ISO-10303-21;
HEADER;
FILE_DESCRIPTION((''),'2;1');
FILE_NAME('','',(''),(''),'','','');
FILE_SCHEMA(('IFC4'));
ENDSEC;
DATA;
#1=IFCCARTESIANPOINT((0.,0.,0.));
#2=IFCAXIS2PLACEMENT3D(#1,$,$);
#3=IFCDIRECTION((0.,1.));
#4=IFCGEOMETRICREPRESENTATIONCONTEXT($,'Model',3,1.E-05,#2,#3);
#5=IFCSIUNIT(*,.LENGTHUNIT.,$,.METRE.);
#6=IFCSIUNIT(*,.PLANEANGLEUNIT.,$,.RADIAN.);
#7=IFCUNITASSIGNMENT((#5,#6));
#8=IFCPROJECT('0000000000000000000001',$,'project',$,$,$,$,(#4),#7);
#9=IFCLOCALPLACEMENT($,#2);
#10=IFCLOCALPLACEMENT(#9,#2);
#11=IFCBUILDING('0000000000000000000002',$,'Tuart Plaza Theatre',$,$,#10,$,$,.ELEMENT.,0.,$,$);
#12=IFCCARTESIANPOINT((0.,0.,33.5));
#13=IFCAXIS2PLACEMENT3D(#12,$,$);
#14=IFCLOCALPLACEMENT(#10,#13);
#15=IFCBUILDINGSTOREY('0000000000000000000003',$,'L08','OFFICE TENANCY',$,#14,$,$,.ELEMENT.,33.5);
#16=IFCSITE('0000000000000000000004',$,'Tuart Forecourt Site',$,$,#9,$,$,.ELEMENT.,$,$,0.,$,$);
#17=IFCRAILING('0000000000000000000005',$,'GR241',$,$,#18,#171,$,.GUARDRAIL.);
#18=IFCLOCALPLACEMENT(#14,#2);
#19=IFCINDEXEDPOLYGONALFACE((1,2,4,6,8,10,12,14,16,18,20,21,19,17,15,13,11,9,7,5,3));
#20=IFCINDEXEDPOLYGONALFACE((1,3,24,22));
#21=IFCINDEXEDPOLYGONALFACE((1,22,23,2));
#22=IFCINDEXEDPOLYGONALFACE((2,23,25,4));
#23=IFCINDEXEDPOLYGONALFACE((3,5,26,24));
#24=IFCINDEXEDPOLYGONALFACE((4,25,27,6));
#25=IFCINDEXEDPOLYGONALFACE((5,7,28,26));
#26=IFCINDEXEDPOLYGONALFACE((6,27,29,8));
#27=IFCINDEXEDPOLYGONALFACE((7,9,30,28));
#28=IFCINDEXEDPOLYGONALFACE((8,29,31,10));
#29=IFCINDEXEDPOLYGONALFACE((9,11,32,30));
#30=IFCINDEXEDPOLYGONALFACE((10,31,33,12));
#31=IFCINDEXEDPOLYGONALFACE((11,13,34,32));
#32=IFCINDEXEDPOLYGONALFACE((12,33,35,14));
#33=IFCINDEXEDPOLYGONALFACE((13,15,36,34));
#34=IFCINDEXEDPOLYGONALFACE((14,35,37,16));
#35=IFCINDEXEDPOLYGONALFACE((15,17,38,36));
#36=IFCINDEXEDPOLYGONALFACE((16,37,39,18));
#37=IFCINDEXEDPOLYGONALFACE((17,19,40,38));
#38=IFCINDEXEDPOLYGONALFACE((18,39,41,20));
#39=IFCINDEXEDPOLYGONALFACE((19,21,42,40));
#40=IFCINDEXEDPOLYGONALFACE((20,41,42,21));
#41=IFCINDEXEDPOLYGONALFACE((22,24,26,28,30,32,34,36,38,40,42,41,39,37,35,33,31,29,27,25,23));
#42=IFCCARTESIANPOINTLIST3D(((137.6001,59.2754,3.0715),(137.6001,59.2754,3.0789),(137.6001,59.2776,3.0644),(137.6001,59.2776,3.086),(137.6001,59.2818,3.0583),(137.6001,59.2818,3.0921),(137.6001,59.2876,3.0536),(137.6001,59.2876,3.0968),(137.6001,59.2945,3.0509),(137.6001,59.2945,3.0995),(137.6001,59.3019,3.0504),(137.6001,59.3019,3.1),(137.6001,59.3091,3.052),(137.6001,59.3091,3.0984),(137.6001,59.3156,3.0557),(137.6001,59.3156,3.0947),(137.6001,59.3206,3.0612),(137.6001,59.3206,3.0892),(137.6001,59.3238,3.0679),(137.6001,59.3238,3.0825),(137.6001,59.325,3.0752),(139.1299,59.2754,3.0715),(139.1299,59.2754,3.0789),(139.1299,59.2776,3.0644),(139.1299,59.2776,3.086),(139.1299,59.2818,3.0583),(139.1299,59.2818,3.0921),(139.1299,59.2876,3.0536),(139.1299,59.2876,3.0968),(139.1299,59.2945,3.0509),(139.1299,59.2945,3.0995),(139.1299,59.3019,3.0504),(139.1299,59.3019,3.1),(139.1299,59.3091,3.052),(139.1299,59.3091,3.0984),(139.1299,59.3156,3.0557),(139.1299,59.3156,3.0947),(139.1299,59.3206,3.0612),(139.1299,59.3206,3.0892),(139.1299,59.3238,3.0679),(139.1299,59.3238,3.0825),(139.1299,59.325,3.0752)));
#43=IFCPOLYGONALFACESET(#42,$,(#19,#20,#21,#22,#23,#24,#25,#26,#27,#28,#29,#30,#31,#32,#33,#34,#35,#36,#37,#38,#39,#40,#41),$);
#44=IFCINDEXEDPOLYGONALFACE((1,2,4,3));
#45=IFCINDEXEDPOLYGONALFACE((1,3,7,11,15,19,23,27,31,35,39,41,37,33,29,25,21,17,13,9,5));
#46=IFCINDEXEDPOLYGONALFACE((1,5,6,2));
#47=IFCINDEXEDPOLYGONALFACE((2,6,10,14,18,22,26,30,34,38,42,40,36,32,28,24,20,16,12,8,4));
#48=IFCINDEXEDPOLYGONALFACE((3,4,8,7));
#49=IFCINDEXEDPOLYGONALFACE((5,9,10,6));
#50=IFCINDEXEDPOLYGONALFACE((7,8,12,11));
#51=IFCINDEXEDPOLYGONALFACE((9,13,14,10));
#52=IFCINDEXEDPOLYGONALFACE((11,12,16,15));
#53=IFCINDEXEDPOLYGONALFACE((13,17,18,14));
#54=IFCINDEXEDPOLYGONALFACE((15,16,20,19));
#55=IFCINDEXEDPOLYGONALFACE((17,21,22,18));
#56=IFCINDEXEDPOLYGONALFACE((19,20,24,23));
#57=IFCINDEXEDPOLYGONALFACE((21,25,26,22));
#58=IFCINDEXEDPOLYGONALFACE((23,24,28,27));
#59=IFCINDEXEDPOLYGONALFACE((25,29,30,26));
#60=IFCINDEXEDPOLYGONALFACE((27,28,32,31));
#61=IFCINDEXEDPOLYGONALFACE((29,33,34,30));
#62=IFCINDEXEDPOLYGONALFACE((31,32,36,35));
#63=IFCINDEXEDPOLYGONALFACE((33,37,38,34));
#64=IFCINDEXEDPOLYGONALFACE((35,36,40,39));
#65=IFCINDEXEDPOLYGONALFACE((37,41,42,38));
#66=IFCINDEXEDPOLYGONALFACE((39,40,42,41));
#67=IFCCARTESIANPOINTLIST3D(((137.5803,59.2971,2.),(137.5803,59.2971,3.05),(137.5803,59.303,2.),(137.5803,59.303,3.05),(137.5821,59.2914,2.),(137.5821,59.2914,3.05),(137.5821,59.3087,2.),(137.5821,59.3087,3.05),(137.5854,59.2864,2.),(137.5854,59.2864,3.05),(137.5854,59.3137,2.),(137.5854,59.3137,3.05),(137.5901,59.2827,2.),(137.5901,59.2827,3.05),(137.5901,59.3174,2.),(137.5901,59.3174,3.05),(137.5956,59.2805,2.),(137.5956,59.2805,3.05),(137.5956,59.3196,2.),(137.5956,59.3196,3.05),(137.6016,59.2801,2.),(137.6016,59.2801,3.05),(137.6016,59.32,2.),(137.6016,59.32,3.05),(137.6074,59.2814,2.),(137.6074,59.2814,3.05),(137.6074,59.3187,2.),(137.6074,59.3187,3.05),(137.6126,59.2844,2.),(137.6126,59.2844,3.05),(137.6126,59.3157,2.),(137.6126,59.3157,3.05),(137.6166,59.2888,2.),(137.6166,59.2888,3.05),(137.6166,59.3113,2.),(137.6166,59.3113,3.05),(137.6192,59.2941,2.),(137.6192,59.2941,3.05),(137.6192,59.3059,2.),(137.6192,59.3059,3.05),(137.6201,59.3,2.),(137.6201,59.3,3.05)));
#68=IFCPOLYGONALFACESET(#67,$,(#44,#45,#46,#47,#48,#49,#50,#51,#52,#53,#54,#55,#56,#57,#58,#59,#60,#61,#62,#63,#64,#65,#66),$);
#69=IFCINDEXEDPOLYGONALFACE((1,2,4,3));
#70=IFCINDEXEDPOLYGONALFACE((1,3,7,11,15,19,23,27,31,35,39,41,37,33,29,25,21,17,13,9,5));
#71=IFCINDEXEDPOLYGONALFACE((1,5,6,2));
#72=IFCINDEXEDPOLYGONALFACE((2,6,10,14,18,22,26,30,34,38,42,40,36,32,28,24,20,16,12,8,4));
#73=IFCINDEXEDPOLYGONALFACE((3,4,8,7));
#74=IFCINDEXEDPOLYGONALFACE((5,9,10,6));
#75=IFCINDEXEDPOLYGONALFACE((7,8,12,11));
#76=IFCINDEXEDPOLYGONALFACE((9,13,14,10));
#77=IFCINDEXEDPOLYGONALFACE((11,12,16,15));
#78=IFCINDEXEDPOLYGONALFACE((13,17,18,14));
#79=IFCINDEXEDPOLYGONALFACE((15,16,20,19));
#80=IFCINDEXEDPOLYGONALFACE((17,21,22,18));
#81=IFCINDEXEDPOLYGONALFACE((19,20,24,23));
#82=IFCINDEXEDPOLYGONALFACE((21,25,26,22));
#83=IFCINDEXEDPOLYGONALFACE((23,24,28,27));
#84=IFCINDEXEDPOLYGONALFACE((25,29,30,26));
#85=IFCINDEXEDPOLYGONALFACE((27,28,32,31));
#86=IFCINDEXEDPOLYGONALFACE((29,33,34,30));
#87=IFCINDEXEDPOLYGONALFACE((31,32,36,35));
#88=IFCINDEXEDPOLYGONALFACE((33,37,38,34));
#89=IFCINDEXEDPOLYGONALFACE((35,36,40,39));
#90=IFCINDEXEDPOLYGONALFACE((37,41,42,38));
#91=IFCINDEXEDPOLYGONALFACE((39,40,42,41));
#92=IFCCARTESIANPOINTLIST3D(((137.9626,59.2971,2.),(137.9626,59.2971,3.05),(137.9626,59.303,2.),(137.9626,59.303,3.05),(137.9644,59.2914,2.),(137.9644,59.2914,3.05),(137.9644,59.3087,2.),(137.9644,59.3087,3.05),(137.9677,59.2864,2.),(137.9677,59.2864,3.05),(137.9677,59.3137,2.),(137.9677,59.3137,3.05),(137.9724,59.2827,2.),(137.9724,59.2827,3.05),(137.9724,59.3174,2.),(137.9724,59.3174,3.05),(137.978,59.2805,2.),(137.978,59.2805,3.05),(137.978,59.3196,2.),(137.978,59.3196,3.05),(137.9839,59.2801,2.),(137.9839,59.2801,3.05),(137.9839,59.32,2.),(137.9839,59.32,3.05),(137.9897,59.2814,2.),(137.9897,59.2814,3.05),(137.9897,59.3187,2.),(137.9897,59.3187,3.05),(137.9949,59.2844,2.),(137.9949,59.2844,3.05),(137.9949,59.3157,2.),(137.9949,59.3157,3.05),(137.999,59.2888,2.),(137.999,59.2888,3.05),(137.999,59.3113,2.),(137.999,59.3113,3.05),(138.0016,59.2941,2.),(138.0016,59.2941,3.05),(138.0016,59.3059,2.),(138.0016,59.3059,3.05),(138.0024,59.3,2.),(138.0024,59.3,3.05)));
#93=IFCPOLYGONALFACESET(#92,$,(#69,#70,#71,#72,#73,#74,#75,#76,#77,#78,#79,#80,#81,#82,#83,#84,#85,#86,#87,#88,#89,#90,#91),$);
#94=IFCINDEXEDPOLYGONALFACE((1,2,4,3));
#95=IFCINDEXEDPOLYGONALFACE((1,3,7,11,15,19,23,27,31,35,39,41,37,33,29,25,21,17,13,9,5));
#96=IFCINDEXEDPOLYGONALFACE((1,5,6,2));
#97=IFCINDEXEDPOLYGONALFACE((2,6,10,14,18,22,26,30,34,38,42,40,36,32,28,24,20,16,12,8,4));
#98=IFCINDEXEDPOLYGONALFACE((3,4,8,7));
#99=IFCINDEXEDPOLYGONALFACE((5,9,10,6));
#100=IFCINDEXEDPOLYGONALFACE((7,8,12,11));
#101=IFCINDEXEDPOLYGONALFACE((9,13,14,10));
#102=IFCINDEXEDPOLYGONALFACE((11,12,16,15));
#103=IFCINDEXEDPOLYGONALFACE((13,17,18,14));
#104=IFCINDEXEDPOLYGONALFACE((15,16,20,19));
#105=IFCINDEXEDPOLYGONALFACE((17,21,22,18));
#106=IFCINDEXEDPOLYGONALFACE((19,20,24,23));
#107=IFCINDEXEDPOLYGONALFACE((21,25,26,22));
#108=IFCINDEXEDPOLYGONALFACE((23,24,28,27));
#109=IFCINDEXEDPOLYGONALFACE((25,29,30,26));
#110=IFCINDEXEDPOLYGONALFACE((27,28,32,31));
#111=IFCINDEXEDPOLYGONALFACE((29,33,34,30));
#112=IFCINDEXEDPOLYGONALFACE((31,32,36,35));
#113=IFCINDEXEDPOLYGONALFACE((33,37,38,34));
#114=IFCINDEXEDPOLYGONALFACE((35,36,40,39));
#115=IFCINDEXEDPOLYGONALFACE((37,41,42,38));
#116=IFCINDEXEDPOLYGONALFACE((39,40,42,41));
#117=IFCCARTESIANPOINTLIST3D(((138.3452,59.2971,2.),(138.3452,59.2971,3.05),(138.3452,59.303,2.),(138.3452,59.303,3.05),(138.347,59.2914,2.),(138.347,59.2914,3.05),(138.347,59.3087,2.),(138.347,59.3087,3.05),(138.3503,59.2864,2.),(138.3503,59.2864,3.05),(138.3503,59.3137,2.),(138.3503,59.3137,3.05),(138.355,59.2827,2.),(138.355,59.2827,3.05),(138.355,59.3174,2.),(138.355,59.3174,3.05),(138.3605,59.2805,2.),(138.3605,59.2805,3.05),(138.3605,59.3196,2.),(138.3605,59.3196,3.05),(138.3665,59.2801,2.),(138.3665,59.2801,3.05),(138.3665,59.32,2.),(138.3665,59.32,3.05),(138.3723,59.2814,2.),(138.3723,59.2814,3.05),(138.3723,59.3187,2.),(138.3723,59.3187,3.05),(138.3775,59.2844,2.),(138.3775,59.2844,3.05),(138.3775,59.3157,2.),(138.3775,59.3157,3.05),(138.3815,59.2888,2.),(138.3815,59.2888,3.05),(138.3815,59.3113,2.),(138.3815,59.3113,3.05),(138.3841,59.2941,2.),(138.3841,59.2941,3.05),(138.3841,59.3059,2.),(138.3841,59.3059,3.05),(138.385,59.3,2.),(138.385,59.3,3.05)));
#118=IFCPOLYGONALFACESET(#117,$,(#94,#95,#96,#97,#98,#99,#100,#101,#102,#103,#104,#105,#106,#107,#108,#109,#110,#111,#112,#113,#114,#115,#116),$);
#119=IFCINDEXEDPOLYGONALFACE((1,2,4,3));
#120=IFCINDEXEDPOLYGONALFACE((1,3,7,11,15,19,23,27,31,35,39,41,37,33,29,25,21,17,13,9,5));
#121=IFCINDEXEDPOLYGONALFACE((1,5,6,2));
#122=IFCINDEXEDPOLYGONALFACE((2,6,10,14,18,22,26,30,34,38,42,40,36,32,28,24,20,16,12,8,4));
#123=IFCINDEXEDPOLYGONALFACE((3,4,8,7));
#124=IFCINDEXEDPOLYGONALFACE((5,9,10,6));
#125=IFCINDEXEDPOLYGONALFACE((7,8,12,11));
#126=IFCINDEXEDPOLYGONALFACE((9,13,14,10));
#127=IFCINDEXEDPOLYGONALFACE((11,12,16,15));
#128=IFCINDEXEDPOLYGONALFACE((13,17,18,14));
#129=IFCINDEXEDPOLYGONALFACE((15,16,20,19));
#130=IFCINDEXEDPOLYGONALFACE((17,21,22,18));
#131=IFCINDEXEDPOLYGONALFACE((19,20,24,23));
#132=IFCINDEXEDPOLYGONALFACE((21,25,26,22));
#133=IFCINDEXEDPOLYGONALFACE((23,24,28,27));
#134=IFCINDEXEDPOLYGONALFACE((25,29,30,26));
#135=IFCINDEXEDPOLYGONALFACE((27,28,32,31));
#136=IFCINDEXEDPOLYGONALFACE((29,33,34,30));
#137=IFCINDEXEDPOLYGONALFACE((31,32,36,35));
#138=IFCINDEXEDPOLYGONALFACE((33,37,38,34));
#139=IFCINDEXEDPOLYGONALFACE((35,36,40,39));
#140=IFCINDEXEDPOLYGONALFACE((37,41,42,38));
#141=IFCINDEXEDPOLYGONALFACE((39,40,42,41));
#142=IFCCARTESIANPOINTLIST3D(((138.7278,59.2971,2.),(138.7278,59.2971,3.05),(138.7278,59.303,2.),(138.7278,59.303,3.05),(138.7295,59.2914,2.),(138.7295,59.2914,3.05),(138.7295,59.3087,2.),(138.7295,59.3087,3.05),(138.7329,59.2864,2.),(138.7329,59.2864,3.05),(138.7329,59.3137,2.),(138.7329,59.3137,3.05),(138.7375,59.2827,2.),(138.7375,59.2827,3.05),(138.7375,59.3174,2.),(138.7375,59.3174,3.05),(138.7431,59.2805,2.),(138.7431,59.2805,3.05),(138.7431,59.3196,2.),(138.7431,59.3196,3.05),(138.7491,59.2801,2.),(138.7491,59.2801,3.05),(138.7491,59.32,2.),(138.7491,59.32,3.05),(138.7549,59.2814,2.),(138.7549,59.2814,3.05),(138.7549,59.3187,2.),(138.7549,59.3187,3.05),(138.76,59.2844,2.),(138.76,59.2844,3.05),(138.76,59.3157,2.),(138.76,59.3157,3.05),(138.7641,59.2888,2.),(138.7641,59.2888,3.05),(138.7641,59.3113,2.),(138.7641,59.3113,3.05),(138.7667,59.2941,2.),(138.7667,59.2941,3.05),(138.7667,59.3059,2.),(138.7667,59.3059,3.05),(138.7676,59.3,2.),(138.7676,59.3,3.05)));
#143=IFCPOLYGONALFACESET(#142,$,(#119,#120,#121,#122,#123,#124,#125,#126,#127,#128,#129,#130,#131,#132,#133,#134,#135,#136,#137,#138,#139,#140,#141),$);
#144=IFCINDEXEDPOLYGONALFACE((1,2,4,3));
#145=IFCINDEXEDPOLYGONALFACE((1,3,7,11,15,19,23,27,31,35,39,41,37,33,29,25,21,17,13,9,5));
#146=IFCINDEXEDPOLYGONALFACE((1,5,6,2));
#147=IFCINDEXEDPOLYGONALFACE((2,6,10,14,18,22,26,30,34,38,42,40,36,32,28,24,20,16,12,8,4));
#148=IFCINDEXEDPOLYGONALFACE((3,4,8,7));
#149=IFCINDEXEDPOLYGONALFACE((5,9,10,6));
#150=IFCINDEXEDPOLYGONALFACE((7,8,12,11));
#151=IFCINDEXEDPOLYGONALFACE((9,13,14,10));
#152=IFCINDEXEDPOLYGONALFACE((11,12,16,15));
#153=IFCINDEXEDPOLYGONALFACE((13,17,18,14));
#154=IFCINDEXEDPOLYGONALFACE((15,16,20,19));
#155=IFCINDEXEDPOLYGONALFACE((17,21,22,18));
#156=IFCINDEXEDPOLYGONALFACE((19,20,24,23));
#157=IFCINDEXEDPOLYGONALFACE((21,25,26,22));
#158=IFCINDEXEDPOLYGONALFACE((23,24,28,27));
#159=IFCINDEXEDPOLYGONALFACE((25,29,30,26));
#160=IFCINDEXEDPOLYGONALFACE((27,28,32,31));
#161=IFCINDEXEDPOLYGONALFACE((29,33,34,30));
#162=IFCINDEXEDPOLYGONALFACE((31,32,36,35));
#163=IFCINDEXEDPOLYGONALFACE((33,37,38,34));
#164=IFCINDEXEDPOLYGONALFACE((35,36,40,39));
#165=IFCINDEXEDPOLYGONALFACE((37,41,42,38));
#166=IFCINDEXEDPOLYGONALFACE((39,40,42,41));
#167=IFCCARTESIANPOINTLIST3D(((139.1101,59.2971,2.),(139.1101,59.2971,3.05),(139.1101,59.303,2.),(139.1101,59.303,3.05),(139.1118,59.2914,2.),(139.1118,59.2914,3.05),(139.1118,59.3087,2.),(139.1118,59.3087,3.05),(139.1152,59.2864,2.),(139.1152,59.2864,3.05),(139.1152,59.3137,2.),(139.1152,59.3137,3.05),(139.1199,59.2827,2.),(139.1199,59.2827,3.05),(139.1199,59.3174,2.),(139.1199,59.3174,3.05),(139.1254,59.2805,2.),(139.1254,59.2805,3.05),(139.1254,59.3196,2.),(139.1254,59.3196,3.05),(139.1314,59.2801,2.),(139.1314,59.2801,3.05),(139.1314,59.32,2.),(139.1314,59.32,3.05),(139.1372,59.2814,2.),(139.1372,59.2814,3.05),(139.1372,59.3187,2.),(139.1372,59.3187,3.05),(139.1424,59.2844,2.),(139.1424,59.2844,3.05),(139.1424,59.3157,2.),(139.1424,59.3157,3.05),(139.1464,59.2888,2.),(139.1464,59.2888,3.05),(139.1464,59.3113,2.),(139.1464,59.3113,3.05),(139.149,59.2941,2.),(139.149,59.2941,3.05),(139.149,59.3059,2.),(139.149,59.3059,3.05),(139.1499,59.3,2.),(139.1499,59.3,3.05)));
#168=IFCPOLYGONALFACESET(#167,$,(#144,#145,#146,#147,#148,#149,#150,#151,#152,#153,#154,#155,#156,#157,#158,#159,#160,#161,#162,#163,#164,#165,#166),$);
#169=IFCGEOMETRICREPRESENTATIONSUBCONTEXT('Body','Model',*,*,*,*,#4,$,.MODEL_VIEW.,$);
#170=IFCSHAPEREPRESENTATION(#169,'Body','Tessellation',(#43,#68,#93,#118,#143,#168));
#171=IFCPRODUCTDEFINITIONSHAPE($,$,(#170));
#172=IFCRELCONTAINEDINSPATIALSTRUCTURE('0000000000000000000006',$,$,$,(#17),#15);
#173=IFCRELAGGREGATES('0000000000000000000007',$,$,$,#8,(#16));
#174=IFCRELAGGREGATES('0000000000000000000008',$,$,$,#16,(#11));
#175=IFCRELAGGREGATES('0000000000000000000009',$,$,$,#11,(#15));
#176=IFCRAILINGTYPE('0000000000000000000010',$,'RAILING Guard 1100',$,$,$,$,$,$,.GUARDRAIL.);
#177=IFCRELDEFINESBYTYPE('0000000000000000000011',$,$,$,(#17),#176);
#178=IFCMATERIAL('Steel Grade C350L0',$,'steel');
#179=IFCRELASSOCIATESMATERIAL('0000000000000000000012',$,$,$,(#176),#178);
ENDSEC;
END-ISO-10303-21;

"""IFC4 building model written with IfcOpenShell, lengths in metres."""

from ifc_helpers import new_model, si_unit, direction, frame, origin, origin_2d, place, context, subcontext, project, spatial, circle, extrude, material, type_object, element, save


model = new_model("IFC4")

# Units and contexts
model_context = context("Model", 3, precision=1e-05, world=origin(), true_north=direction((0.0, 1.0)))
body_context = subcontext(model_context, "Body", "Model", "MODEL_VIEW")
ifc_project = project(units=[si_unit("LENGTHUNIT", "METRE"), si_unit("PLANEANGLEUNIT", "RADIAN")], contexts=[model_context])

# Site, building, storey
site_placement = place(None, origin())
site = spatial("IfcSite", under=ifc_project, at=site_placement, Name="Tuart Forecourt Site", CompositionType="ELEMENT", RefElevation=0.0)
building_placement = place(site_placement, origin())
building = spatial("IfcBuilding", under=site, at=building_placement, Name="Tuart Plaza Theatre", CompositionType="ELEMENT", ElevationOfRefHeight=0.0)
storey_placement = place(building_placement, frame((0.0, 0.0, 33.5)))
storey = spatial("IfcBuildingStorey", under=building, at=storey_placement, Name="L08", Description="OFFICE TENANCY", CompositionType="ELEMENT", Elevation=33.5)

# Railing
ifc_material_1 = material(Name="Steel Grade C350L0", Category="steel")
railing_type_1 = type_object("IfcRailingType", Name="RAILING Guard 1100", PredefinedType="GUARDRAIL", material=ifc_material_1)
railing_1_placement = place(storey_placement, frame((137.6001, 59.3, 2.0)))
element("IfcRailing", 1, at=railing_1_placement, inside=storey, type_object=railing_type_1, Name="GR241", PredefinedType="GUARDRAIL", context=body_context, shape_type="SweptSolid", body=[
    extrude(circle(Radius=0.0249, at=origin_2d()), frame((0.0, 0.0, 1.0752), z_axis=(1.0, 0.0, 0.0), x_axis=(0.0, 1.0, 0.0)), (0.0, 0.0, 1.0), 1.5298),
    extrude(circle(Radius=0.02, at=origin_2d()), origin(), (0.0, 0.0, 1.0), 1.05),
    extrude(circle(Radius=0.02, at=origin_2d()), frame((0.3823, 0.0, 0.0)), (0.0, 0.0, 1.0), 1.05),
    extrude(circle(Radius=0.02, at=origin_2d()), frame((0.7649, 0.0, 0.0)), (0.0, 0.0, 1.0), 1.05),
    extrude(circle(Radius=0.02, at=origin_2d()), frame((1.1475, 0.0, 0.0)), (0.0, 0.0, 1.0), 1.05),
    extrude(circle(Radius=0.02, at=origin_2d()), frame((1.5298, 0.0, 0.0)), (0.0, 0.0, 1.0), 1.05),
])

save(model, "model.ifc")
